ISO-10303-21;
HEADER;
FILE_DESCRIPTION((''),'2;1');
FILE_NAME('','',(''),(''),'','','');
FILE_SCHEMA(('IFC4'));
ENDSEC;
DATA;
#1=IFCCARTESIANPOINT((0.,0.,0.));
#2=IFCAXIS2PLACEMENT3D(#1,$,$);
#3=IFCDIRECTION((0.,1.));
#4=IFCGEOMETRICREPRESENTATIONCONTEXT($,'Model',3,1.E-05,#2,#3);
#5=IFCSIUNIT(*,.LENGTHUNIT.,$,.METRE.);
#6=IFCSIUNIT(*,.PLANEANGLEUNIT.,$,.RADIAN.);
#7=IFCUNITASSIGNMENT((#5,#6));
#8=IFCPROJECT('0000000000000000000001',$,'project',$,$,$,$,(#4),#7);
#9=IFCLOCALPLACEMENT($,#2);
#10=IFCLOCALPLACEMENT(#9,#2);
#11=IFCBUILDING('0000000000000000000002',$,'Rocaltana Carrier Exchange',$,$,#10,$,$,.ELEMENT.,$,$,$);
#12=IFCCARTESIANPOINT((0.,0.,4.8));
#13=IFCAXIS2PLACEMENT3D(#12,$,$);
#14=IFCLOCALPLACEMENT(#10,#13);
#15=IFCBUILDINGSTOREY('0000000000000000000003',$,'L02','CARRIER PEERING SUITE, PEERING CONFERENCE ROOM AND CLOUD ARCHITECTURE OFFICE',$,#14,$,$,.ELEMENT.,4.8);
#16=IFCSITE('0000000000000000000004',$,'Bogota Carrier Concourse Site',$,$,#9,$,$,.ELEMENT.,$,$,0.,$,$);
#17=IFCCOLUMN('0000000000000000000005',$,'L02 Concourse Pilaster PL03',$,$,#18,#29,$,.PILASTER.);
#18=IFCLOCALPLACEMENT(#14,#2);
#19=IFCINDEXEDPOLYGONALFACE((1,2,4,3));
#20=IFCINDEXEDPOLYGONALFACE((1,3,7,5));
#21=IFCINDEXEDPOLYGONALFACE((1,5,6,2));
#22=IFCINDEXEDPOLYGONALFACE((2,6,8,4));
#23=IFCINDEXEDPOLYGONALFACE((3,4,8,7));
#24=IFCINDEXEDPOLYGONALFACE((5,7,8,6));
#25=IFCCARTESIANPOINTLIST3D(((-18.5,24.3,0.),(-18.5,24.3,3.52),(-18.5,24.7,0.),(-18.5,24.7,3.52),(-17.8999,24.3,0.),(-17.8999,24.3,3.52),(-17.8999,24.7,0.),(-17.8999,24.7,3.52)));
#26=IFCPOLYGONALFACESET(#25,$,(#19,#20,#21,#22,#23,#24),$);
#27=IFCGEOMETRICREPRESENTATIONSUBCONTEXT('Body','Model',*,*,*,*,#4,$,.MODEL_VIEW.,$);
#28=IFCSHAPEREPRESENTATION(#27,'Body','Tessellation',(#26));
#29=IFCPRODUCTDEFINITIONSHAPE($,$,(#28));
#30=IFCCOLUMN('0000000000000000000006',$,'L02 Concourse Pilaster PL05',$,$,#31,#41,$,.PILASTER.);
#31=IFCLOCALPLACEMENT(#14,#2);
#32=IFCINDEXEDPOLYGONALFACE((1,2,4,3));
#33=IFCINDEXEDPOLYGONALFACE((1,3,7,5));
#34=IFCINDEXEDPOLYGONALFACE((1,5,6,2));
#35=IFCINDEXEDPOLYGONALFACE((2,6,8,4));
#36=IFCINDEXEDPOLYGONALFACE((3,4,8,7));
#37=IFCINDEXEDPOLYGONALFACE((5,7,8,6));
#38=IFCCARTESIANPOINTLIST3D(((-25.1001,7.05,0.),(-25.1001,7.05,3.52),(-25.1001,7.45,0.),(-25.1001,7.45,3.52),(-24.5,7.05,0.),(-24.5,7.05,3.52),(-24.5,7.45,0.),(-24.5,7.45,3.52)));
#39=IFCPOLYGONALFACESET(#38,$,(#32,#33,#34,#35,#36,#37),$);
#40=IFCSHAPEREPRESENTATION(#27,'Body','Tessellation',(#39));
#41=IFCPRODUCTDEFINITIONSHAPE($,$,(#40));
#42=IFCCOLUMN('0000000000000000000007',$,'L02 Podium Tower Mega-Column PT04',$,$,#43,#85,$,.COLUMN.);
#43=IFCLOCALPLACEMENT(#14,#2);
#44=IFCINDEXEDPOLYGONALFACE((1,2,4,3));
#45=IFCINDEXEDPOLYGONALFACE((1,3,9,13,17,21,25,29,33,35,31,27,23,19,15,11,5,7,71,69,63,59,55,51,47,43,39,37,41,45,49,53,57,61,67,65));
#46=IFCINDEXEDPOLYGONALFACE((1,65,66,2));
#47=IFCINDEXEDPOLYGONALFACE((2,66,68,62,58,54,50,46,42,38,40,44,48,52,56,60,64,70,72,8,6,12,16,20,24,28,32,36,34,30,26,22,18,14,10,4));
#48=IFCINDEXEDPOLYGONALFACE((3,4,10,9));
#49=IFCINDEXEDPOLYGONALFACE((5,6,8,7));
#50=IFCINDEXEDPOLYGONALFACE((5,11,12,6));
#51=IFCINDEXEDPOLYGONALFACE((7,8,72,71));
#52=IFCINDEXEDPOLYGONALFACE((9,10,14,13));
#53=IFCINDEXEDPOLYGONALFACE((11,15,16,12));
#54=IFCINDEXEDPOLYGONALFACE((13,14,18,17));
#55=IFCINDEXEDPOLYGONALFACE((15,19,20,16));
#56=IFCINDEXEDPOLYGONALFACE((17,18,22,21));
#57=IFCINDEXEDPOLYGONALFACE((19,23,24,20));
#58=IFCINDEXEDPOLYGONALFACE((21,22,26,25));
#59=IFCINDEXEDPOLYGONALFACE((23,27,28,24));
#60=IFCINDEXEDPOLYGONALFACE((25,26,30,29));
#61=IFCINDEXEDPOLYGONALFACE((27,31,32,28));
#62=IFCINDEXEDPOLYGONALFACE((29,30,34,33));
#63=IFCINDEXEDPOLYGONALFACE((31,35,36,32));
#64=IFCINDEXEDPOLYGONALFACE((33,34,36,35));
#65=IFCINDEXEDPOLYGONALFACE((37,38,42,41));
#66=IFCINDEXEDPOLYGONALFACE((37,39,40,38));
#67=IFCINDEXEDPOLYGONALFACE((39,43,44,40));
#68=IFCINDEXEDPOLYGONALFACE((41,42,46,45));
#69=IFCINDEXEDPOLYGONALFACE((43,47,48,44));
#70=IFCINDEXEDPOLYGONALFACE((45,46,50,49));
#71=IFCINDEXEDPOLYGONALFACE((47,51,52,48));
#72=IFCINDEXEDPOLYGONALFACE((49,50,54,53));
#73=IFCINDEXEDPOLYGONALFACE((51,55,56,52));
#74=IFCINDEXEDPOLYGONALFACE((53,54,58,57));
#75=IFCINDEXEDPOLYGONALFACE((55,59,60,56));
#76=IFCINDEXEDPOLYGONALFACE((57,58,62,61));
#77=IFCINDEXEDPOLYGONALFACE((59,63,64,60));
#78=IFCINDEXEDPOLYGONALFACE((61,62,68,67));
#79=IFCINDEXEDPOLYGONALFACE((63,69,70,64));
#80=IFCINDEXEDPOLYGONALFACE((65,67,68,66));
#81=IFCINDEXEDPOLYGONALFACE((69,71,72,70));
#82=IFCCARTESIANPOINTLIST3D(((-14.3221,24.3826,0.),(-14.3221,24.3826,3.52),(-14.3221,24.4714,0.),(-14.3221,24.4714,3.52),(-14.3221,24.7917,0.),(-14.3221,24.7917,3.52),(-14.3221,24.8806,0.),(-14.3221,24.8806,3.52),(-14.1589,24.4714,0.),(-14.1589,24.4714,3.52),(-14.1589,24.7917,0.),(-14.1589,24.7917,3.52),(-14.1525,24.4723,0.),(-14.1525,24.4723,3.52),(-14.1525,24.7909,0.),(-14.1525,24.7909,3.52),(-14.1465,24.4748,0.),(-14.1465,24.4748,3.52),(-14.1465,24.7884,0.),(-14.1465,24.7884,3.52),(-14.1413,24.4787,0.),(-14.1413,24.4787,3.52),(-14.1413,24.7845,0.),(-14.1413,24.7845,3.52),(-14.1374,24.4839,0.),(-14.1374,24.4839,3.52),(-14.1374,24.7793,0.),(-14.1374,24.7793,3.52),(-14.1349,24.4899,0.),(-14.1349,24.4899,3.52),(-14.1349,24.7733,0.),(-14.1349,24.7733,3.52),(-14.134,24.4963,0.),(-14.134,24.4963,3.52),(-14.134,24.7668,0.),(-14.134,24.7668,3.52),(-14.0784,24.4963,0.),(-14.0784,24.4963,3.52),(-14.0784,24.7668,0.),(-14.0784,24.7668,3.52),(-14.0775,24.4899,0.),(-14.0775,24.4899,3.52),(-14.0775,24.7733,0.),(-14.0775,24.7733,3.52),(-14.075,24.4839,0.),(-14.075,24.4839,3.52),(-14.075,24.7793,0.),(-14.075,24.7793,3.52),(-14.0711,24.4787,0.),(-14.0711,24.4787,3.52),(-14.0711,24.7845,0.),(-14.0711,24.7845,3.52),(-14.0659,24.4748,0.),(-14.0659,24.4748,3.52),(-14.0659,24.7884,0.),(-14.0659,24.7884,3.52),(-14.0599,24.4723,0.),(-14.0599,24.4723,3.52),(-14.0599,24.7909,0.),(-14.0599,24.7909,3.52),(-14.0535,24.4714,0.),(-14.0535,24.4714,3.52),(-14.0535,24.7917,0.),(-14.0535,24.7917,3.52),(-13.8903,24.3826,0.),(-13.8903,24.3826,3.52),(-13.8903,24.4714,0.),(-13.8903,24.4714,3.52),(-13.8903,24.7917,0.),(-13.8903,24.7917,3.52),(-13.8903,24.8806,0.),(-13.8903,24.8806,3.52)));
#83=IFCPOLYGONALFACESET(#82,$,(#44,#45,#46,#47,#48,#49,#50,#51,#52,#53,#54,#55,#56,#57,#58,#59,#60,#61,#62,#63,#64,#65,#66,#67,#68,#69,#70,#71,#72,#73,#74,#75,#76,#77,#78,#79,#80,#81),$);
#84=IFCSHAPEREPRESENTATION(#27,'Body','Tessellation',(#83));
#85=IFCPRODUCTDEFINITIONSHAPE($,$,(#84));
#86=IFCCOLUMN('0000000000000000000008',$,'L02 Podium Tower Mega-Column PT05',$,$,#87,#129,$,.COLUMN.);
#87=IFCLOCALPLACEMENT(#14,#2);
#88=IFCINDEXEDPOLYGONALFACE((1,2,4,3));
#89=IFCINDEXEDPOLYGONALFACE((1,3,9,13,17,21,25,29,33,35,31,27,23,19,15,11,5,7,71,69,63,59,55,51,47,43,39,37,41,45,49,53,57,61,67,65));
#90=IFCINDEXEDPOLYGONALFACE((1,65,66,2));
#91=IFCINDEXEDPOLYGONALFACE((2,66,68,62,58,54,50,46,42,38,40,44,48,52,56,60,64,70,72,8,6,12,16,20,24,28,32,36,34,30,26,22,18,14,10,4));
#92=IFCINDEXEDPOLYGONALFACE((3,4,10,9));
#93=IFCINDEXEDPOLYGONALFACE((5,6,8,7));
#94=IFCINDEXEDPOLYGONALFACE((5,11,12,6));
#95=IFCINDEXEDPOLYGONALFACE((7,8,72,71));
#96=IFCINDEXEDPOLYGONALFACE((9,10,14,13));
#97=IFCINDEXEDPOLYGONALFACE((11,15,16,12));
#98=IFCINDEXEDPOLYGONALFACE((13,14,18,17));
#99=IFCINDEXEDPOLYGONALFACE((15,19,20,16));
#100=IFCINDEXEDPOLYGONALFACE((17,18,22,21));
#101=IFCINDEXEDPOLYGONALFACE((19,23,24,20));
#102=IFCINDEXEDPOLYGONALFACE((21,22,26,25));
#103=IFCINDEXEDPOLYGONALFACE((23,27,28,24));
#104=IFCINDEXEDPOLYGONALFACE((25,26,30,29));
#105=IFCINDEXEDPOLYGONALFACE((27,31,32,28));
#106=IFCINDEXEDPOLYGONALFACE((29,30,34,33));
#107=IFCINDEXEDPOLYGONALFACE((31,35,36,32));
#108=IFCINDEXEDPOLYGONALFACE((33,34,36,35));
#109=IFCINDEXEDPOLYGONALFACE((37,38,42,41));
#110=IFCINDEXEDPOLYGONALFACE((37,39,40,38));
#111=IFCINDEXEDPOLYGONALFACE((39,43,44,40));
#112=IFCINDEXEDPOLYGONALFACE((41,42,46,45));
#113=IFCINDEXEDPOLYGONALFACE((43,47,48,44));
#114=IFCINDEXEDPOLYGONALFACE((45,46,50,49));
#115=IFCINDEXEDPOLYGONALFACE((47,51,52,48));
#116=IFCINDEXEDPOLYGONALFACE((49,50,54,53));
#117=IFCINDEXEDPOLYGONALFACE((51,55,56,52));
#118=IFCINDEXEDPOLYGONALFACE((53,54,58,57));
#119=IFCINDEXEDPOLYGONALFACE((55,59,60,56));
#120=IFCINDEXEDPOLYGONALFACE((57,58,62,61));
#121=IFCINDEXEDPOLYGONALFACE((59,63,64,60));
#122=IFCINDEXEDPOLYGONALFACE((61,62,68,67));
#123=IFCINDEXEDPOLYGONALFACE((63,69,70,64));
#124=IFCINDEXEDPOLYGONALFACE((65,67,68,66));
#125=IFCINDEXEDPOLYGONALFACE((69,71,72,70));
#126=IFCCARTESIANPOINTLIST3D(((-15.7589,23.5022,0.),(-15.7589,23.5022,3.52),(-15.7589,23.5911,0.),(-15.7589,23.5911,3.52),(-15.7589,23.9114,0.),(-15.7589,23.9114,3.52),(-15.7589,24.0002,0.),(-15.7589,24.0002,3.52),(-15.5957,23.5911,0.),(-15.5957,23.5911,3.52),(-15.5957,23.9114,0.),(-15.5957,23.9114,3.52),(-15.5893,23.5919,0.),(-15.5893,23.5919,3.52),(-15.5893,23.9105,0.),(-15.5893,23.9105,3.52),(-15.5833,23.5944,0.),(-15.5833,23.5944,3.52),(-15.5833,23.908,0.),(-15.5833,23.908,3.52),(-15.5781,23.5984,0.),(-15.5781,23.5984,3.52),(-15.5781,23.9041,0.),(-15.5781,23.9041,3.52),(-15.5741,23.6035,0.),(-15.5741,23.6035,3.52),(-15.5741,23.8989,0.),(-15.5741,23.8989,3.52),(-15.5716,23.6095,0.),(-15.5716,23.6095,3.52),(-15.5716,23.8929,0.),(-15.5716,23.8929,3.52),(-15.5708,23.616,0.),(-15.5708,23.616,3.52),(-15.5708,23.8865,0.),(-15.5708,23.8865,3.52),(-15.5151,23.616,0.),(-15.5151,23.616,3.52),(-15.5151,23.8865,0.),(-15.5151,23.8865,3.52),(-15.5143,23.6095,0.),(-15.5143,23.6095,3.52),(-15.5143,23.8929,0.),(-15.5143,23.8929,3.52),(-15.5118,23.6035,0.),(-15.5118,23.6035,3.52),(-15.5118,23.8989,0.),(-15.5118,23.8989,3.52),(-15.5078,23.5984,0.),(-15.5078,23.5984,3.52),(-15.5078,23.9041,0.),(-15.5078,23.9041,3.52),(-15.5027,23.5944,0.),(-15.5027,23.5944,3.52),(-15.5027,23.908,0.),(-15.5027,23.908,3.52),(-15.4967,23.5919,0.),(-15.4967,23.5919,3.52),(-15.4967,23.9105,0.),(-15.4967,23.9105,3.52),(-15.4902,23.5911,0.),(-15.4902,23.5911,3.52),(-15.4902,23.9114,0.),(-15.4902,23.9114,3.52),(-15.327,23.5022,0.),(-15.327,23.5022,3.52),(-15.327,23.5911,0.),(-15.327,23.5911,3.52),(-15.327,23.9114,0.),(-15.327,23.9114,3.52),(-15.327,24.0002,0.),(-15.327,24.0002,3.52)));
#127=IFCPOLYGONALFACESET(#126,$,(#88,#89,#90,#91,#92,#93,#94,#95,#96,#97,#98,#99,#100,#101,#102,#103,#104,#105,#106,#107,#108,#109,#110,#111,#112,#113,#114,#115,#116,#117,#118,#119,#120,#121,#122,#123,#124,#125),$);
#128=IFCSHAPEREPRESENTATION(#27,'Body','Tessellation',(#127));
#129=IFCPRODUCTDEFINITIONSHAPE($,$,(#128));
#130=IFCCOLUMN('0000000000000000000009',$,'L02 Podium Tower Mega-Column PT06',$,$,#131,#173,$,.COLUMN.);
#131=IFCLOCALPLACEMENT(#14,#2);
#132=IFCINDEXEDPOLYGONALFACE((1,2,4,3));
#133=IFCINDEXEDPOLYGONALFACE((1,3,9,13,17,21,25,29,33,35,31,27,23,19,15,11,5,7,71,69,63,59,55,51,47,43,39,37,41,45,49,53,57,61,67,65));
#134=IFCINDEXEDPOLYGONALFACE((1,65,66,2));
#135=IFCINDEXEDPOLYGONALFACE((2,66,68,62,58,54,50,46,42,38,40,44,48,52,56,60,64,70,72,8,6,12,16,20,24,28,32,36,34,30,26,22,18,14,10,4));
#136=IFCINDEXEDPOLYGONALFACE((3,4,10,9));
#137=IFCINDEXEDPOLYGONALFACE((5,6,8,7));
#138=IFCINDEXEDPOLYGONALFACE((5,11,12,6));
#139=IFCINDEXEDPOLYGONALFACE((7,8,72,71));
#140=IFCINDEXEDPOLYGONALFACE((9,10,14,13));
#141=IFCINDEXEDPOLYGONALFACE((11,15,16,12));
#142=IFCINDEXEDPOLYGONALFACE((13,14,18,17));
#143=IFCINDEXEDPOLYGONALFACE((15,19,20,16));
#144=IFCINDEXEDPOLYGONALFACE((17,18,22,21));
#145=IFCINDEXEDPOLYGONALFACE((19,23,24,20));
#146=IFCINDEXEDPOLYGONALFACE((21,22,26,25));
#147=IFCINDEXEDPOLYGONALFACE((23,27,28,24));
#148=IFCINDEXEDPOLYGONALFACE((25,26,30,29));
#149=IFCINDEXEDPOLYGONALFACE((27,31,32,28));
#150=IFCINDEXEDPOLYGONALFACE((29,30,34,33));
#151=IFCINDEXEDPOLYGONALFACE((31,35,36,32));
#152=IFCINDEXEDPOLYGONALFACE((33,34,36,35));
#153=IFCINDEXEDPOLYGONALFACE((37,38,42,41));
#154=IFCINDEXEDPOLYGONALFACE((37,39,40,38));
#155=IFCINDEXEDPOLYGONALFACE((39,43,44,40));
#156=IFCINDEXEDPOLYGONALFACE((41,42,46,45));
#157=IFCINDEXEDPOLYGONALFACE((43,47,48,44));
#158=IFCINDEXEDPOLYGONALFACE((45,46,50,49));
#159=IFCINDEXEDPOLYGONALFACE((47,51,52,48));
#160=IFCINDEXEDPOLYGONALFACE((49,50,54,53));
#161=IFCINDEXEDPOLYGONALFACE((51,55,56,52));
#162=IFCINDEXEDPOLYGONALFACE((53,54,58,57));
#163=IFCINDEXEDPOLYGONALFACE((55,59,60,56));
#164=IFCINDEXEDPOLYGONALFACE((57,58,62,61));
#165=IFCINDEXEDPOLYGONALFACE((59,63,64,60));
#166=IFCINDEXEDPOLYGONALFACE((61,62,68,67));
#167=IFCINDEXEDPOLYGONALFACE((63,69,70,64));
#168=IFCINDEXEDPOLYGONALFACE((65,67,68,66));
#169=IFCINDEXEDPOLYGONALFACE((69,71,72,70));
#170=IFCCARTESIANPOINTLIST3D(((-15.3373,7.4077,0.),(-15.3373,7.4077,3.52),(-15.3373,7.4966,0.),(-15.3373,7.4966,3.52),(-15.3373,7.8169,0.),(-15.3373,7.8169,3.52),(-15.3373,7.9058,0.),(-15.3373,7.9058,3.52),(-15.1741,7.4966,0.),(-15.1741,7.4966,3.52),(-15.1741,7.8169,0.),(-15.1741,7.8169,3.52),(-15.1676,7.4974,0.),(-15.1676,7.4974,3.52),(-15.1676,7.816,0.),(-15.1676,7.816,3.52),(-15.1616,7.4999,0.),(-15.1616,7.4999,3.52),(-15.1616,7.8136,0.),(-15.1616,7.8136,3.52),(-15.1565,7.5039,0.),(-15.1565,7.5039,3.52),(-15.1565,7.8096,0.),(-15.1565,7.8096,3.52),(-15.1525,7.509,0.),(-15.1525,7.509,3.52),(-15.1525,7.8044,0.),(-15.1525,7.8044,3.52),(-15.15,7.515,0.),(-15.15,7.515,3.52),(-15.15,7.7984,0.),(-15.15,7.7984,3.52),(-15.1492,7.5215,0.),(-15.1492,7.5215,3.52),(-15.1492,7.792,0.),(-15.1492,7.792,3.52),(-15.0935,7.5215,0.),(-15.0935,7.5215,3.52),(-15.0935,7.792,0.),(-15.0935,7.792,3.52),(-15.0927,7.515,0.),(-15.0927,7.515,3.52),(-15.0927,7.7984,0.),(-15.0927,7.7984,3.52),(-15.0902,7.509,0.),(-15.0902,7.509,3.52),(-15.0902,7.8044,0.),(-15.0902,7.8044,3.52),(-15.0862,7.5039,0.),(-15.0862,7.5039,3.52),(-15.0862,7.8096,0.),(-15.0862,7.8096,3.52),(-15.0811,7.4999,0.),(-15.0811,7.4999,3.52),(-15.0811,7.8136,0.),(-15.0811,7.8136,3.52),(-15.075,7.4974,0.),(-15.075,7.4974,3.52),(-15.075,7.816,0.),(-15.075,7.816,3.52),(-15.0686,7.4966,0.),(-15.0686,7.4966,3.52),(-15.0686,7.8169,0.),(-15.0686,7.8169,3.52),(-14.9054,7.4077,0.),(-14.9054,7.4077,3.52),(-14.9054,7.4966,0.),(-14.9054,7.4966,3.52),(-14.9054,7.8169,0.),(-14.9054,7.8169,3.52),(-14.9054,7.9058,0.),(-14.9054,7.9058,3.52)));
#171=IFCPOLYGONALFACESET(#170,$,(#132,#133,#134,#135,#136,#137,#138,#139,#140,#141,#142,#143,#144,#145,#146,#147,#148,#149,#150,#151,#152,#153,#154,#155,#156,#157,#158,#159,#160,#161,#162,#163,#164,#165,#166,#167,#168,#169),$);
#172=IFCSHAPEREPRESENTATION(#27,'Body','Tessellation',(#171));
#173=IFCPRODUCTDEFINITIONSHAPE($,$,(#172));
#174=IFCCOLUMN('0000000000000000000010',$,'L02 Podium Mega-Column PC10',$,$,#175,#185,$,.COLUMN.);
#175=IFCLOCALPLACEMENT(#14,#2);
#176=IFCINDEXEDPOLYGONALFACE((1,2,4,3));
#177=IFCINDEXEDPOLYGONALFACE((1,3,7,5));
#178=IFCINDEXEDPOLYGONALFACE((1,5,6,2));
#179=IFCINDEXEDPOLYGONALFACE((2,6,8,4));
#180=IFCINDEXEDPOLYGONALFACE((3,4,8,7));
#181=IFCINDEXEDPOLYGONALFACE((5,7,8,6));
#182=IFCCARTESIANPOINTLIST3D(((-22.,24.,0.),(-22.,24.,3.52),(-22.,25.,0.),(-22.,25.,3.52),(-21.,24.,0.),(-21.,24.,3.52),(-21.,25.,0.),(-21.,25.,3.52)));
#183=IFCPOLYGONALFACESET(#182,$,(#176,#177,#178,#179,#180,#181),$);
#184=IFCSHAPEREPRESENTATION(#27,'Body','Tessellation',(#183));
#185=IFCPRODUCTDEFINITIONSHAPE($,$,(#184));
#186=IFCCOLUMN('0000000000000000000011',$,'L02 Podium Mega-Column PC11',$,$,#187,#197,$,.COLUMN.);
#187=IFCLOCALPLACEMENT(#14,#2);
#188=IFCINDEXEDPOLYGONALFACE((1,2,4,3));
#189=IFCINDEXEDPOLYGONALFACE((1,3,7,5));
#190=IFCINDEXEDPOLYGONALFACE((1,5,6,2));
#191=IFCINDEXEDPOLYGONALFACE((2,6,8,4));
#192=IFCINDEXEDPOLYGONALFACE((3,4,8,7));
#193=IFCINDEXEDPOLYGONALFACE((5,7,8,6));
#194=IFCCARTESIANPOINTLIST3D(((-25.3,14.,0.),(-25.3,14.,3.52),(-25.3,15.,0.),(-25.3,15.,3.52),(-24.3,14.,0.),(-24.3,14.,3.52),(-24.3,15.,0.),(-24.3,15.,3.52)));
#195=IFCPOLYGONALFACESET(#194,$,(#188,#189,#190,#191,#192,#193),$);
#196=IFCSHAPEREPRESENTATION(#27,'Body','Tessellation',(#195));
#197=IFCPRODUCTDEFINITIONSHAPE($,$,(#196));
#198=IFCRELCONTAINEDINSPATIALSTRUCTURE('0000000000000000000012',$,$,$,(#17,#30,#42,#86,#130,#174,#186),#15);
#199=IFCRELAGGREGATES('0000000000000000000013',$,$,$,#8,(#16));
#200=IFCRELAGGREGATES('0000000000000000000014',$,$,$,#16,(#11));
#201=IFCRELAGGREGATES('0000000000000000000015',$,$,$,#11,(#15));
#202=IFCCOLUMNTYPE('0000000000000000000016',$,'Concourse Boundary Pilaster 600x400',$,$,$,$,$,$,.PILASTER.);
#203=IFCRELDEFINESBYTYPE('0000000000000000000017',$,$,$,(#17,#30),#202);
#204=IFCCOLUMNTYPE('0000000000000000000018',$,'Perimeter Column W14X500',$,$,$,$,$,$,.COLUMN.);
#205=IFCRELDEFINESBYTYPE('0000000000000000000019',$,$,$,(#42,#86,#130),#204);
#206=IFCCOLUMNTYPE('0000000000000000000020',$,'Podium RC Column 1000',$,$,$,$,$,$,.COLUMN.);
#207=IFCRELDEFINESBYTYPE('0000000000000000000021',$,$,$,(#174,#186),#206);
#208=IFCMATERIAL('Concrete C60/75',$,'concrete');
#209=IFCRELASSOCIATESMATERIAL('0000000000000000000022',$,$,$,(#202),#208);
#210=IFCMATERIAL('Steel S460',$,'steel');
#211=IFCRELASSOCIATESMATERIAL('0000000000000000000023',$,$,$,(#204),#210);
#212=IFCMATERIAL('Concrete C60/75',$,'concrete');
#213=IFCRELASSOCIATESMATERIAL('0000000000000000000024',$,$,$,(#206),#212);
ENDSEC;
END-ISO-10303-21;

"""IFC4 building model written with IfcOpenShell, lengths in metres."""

from ifc_helpers import new_model, si_unit, direction, frame, origin, origin_2d, place, context, subcontext, project, spatial, rectangle, i_section, extrude, material, material_profile, profile_set, type_object, element, save


model = new_model("IFC4")

# Units and contexts
model_context = context("Model", 3, precision=1e-05, world=origin(), true_north=direction((0.0, 1.0)))
body_context = subcontext(model_context, "Body", "Model", "MODEL_VIEW")
ifc_project = project(units=[si_unit("LENGTHUNIT", "METRE"), si_unit("PLANEANGLEUNIT", "RADIAN")], contexts=[model_context])

# Site, building, storey
site_placement = place(None, origin())
site = spatial("IfcSite", under=ifc_project, at=site_placement, Name="Bogota Carrier Concourse Site", CompositionType="ELEMENT", RefElevation=0.0)
building_placement = place(site_placement, origin())
building = spatial("IfcBuilding", under=site, at=building_placement, Name="Rocaltana Carrier Exchange", CompositionType="ELEMENT")
storey_placement = place(building_placement, frame((0.0, 0.0, 4.8)))
storey = spatial("IfcBuildingStorey", under=building, at=storey_placement, Name="L02", Description="CARRIER PEERING SUITE, PEERING CONFERENCE ROOM AND CLOUD ARCHITECTURE OFFICE", CompositionType="ELEMENT", Elevation=4.8)

# Columns
ifc_material_1 = material(Name="Concrete C60/75", Category="concrete")
ifc_material_profile_1 = material_profile(ifc_material_1, rectangle(XDim=0.6001, YDim=0.3999, at=origin_2d()), Name="RC-PIL-600X400")
ifc_profile_set_1 = profile_set([ifc_material_profile_1], Name="Concrete C60/75")
column_type_1 = type_object("IfcColumnType", Name="Concourse Boundary Pilaster 600x400", PredefinedType="PILASTER", material=ifc_profile_set_1)
for number, where, z_axis, x_axis, name in (
    (1, (-18.2, 24.5, 0.0), (0.0, 0.0, 1.0), (1.0, 0.0, 0.0), "L02 Concourse Pilaster PL03"),
    (2, (-24.8, 7.25, 0.0), (0.0, 0.0, 1.0), (1.0, 0.0, 0.0), "L02 Concourse Pilaster PL05"),
):
    element("IfcColumn", number, at=place(storey_placement, frame(where, z_axis=z_axis, x_axis=x_axis)), inside=storey, type_object=column_type_1, Name=name, PredefinedType="PILASTER", context=body_context, shape_type="SweptSolid", body=[
        extrude(rectangle(XDim=0.6001, YDim=0.3999, at=origin_2d()), origin(), (0.0, 0.0, 1.0), 3.52),
    ])
ifc_material_2 = material(Name="Steel S460", Category="steel")
ifc_material_profile_2 = material_profile(ifc_material_2, i_section(OverallWidth=0.4319, OverallDepth=0.498, WebThickness=0.0557, FlangeThickness=0.0889, FilletRadius=0.0249, at=origin_2d()), Name="W14X500")
ifc_profile_set_2 = profile_set([ifc_material_profile_2], Name="Steel S460")
column_type_2 = type_object("IfcColumnType", Name="Perimeter Column W14X500", PredefinedType="COLUMN", material=ifc_profile_set_2)
for number, where, z_axis, x_axis, name in (
    (3, (-14.1062, 24.6316, 0.0), (0.0, 0.0, 1.0), (1.0, 0.0, 0.0), "L02 Podium Tower Mega-Column PT04"),
    (4, (-15.543, 23.7512, 0.0), (0.0, 0.0, 1.0), (1.0, 0.0, 0.0), "L02 Podium Tower Mega-Column PT05"),
    (5, (-15.1213, 7.6567, 0.0), (0.0, 0.0, 1.0), (1.0, 0.0, 0.0), "L02 Podium Tower Mega-Column PT06"),
):
    element("IfcColumn", number, at=place(storey_placement, frame(where, z_axis=z_axis, x_axis=x_axis)), inside=storey, type_object=column_type_2, Name=name, PredefinedType="COLUMN", context=body_context, shape_type="SweptSolid", body=[
        extrude(i_section(OverallWidth=0.4319, OverallDepth=0.498, WebThickness=0.0557, FlangeThickness=0.0889, FilletRadius=0.0249, at=origin_2d()), origin(), (0.0, 0.0, 1.0), 3.52),
    ])
ifc_material_3 = material(Name="Concrete C60/75", Category="concrete")
ifc_material_profile_3 = material_profile(ifc_material_3, rectangle(XDim=1.0, YDim=1.0, at=origin_2d()), Name="RC-COL-1000X1000")
ifc_profile_set_3 = profile_set([ifc_material_profile_3], Name="Concrete C60/75")
column_type_3 = type_object("IfcColumnType", Name="Podium RC Column 1000", PredefinedType="COLUMN", material=ifc_profile_set_3)
for number, where, z_axis, x_axis, name in (
    (6, (-21.5, 24.5, 0.0), (0.0, 0.0, 1.0), (1.0, 0.0, 0.0), "L02 Podium Mega-Column PC10"),
    (7, (-24.8, 14.5, 0.0), (0.0, 0.0, 1.0), (1.0, 0.0, 0.0), "L02 Podium Mega-Column PC11"),
):
    element("IfcColumn", number, at=place(storey_placement, frame(where, z_axis=z_axis, x_axis=x_axis)), inside=storey, type_object=column_type_3, Name=name, PredefinedType="COLUMN", context=body_context, shape_type="SweptSolid", body=[
        extrude(rectangle(XDim=1.0, YDim=1.0, at=origin_2d()), origin(), (0.0, 0.0, 1.0), 3.52),
    ])

save(model, "model.ifc")
